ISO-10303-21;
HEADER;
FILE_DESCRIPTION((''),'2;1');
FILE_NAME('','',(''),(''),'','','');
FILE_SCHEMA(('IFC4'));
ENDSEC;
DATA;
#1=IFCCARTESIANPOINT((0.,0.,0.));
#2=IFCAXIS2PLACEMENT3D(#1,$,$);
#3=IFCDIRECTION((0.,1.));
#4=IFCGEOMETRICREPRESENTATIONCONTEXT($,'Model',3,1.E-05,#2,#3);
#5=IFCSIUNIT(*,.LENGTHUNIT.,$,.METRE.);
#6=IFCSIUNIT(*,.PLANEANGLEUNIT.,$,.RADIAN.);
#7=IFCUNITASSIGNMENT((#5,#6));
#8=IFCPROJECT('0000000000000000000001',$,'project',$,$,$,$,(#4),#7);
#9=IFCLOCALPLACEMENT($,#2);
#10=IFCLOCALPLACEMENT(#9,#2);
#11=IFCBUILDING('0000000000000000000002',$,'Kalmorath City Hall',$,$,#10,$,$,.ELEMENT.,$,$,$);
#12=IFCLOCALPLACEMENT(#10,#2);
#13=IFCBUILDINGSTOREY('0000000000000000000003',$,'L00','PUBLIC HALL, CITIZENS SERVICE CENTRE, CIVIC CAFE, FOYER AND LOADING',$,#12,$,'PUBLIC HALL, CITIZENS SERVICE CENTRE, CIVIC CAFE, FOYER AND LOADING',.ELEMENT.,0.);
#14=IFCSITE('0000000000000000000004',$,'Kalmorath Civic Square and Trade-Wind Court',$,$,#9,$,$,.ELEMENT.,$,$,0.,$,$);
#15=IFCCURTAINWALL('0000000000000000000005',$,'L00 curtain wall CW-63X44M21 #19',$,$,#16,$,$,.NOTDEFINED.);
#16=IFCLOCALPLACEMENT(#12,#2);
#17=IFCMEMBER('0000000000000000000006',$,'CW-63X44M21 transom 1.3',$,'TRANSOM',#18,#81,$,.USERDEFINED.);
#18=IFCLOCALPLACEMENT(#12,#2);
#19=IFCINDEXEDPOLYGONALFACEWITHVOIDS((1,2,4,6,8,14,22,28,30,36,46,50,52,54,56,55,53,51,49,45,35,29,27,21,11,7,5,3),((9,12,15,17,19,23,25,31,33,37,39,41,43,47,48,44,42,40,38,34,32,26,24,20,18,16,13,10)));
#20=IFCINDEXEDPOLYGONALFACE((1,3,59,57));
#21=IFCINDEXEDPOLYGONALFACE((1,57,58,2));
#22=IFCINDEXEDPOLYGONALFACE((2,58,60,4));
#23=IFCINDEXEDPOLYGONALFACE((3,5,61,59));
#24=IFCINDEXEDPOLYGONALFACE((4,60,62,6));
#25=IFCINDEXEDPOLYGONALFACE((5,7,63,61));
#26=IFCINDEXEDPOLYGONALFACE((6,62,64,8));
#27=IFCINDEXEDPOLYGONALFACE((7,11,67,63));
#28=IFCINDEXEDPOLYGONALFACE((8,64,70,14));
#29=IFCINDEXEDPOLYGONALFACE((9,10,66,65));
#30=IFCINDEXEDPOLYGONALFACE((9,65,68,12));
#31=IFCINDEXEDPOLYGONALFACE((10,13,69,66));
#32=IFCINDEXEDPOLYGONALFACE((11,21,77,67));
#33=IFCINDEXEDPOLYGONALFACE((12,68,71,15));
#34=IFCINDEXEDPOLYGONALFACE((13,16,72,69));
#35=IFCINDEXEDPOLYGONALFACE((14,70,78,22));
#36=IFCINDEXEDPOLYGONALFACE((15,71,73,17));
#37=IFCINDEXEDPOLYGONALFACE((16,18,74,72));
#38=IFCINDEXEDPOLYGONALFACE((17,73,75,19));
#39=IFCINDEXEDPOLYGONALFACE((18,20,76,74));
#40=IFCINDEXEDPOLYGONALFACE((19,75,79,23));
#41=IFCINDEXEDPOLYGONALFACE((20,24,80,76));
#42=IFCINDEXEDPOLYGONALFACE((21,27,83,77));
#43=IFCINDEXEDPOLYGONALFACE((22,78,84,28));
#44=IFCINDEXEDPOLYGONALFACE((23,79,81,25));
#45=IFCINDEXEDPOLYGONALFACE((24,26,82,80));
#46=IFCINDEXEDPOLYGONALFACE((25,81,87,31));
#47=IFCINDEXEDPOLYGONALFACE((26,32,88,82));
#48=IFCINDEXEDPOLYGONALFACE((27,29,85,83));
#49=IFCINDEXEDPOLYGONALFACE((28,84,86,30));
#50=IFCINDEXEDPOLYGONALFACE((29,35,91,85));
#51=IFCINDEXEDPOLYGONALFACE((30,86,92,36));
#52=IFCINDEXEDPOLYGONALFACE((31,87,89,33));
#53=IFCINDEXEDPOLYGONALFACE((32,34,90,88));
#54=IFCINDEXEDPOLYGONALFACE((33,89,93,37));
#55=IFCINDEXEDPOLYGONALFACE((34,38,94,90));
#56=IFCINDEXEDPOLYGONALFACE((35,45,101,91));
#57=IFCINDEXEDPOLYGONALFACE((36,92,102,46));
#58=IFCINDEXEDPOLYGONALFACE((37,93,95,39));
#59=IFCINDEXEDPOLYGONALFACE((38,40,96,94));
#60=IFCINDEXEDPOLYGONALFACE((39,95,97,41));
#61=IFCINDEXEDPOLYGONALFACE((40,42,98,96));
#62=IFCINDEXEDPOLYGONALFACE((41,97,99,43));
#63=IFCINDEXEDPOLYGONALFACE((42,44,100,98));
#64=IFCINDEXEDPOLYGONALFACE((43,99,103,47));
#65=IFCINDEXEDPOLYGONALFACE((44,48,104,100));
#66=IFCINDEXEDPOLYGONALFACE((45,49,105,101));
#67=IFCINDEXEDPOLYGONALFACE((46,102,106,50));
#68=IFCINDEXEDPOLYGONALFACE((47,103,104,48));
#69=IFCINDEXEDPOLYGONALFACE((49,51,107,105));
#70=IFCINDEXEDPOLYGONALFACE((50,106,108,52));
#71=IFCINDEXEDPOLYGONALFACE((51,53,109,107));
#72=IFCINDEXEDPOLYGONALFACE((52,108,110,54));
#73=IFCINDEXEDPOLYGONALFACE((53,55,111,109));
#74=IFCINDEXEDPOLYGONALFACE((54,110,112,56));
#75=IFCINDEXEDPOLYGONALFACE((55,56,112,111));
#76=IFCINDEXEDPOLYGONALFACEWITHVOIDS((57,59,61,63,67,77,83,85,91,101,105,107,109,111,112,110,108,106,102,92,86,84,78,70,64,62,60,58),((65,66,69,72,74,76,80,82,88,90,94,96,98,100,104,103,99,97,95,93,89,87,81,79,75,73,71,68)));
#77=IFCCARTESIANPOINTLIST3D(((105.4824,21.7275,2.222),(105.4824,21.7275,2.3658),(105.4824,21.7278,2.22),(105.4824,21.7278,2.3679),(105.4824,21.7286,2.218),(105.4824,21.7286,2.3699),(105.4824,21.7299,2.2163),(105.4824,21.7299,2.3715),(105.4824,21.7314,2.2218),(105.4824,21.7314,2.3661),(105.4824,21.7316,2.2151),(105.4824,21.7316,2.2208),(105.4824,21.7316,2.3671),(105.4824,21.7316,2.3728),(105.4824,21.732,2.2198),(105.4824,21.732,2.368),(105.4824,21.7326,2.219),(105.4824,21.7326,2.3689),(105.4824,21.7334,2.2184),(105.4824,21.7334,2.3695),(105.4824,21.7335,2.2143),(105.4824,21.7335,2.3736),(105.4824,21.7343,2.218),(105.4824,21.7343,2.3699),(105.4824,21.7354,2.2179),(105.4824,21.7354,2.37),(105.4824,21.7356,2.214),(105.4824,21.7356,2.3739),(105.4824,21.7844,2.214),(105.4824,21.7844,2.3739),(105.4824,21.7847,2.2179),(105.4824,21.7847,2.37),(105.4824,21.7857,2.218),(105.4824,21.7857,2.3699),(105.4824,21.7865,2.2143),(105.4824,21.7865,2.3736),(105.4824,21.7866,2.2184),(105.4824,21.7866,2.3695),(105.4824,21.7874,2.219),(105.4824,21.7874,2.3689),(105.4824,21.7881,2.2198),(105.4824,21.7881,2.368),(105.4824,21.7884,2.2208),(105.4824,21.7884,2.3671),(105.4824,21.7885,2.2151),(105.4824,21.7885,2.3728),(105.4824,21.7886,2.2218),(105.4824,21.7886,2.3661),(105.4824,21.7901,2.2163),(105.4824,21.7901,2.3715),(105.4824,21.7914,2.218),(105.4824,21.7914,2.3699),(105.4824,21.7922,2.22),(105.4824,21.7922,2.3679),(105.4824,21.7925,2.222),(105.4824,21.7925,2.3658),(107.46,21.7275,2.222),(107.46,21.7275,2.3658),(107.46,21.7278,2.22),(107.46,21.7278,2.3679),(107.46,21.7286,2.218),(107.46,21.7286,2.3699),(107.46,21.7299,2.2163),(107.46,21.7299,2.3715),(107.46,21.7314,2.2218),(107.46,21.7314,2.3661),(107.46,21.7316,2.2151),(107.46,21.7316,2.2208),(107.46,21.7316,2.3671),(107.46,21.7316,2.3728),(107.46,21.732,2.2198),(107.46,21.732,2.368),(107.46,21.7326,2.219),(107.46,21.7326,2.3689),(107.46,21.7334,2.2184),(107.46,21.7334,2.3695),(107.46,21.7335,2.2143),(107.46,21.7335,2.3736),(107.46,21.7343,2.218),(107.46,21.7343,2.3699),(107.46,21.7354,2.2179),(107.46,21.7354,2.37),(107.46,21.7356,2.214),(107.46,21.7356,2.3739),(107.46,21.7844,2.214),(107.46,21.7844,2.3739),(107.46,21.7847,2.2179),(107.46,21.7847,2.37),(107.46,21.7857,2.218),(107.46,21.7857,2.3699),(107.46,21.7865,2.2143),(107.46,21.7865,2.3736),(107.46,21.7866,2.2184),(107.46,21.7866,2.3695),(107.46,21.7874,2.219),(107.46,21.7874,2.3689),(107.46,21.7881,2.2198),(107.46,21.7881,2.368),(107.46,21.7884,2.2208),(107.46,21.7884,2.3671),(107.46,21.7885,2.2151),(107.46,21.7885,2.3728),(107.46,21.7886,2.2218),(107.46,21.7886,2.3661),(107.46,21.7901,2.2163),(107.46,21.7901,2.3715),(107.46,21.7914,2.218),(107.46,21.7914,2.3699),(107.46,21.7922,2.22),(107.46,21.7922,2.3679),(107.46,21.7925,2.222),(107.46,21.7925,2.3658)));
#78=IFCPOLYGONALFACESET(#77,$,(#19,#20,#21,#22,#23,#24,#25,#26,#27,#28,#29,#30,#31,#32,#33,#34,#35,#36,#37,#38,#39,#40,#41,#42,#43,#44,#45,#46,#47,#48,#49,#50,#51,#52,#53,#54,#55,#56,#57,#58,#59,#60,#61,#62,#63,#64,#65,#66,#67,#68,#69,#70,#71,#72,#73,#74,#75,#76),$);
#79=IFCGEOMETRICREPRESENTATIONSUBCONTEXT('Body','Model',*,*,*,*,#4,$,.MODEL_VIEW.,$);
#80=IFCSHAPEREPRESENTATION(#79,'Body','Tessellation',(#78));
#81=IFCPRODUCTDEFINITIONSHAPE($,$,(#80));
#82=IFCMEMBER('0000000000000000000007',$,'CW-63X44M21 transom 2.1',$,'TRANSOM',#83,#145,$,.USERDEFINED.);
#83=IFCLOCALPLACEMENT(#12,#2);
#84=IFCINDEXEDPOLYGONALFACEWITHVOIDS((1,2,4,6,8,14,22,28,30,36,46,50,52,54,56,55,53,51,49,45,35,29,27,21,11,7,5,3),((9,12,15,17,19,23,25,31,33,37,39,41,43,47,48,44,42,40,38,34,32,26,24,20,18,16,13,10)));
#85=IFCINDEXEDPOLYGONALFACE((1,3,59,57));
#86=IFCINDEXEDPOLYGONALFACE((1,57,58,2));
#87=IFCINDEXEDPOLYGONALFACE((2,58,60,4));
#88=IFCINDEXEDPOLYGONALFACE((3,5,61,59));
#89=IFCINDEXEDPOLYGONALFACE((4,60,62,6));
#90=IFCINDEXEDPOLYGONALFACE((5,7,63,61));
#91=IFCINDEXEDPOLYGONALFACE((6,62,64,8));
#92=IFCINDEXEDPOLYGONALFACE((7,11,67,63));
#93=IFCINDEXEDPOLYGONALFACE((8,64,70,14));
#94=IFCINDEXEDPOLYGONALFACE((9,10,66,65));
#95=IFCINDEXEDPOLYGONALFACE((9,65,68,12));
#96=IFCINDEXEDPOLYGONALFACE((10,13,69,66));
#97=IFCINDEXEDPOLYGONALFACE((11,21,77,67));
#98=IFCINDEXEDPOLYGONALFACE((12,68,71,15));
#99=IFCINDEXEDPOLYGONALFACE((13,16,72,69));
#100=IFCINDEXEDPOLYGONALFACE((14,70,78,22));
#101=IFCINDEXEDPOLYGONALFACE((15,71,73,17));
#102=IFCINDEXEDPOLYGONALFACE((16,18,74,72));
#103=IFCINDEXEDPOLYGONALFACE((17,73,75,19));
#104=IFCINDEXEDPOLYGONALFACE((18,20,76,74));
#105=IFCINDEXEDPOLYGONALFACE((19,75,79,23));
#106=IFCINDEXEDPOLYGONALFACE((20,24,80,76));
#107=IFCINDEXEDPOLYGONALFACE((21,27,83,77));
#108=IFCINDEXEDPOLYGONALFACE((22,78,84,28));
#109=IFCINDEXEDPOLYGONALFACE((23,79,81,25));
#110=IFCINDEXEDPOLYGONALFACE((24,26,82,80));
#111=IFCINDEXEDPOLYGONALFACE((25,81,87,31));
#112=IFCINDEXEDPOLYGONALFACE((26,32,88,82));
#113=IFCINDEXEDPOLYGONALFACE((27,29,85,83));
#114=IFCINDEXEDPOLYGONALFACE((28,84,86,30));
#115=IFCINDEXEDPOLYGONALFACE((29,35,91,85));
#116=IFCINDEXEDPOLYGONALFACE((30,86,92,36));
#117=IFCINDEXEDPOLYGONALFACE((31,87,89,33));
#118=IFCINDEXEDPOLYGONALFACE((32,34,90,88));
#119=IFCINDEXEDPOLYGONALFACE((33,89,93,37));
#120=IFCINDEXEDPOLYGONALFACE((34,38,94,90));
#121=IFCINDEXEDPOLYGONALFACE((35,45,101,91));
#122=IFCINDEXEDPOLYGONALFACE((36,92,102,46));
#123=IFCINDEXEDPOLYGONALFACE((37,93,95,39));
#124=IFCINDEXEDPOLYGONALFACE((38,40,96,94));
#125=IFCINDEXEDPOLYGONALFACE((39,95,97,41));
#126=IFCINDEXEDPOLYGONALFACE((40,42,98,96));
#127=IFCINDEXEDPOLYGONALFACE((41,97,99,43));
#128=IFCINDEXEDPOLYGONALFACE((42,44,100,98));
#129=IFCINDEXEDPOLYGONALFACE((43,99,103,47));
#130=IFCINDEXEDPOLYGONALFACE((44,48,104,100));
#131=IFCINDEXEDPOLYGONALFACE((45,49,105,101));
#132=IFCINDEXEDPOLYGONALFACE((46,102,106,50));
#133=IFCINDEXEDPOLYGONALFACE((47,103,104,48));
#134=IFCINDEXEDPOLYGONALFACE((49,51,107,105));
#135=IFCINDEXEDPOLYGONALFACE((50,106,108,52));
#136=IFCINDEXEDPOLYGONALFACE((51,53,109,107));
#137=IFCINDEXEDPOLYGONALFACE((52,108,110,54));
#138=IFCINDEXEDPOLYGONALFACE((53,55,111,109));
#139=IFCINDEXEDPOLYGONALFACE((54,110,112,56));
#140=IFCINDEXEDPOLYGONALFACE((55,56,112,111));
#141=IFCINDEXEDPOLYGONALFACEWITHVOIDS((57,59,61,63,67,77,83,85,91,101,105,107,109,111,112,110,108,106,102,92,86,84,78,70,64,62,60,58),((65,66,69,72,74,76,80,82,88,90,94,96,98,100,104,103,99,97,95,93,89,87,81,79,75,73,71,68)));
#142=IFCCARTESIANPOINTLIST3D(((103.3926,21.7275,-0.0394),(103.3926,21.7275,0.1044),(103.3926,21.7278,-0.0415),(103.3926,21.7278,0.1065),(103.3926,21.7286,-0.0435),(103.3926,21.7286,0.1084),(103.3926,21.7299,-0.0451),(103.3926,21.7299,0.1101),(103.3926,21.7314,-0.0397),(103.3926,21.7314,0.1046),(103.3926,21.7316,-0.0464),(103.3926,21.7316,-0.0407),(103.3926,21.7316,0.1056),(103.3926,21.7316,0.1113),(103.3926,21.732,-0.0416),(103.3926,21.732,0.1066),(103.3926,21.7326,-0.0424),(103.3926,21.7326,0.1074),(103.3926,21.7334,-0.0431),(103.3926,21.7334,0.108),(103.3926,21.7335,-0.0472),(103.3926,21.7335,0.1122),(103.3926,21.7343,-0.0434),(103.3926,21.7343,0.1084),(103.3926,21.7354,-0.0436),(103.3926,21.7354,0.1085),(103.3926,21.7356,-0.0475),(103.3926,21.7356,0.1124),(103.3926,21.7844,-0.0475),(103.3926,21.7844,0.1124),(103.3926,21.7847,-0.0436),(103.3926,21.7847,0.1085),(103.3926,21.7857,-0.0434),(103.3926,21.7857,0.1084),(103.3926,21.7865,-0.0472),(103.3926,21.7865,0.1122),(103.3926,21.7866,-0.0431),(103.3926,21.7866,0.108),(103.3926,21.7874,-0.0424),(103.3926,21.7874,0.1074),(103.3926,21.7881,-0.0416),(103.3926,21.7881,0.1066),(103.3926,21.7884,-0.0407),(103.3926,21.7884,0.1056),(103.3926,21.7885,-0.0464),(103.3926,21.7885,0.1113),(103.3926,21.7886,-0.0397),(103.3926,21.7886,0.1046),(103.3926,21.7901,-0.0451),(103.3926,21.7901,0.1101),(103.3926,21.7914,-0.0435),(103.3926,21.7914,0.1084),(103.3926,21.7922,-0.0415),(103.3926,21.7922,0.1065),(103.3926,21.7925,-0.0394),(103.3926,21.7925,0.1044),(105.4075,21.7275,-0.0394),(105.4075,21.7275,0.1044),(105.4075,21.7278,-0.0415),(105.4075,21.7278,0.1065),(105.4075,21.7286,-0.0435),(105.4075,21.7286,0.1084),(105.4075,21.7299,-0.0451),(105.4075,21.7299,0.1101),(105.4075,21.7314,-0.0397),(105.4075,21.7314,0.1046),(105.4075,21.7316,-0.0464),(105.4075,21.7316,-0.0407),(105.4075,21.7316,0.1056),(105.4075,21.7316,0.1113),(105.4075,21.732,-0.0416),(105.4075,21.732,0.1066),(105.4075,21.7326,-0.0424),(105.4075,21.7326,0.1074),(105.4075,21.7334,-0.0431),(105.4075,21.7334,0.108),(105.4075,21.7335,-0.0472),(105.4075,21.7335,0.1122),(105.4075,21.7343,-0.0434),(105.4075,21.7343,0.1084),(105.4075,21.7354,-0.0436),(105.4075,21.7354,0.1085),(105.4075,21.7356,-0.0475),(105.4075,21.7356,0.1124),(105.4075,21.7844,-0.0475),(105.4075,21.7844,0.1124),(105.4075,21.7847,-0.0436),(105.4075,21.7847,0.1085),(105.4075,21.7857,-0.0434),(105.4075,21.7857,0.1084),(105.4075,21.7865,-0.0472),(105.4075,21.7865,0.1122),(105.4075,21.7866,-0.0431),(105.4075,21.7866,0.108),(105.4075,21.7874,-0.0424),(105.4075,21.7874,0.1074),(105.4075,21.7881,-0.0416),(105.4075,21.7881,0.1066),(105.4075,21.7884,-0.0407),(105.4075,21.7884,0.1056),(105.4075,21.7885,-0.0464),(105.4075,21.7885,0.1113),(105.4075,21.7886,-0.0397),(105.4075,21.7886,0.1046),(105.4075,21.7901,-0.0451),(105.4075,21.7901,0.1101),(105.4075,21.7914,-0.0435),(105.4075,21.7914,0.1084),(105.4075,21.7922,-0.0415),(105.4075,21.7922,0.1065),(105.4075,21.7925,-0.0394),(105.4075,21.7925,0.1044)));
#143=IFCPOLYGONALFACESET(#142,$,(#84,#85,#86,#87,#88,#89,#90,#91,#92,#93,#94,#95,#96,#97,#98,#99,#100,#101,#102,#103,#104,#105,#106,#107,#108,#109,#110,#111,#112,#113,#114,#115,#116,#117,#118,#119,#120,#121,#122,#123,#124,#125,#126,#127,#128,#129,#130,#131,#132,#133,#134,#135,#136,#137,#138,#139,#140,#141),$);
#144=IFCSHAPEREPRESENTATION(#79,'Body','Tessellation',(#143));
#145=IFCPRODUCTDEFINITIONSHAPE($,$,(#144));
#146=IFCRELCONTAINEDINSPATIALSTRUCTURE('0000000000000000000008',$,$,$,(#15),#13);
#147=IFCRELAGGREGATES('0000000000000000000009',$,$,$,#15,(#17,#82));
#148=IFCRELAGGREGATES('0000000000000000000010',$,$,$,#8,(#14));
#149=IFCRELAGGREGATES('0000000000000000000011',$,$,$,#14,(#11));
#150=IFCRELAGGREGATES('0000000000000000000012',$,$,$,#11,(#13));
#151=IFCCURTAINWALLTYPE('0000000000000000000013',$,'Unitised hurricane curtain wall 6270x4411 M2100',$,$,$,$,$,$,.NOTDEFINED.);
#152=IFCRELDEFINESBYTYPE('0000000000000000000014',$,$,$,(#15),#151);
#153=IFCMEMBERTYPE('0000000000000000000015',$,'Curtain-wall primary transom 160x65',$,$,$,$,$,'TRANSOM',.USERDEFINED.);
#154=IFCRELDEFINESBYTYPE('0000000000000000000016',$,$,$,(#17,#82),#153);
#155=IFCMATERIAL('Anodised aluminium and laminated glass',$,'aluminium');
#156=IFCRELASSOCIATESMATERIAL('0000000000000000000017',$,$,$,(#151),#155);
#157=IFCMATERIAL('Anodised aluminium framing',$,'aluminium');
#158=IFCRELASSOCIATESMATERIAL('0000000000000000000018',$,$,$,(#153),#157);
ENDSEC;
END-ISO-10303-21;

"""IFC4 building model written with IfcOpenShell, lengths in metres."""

from ifc_helpers import new_model, si_unit, direction, frame, origin, origin_2d, place, context, subcontext, project, spatial, hollow_rectangle, extrude, material, material_profile, profile_set, type_object, element, aggregate, save


model = new_model("IFC4")

# Units and contexts
model_context = context("Model", 3, precision=1e-05, world=origin(), true_north=direction((0.0, 1.0)))
body_context = subcontext(model_context, "Body", "Model", "MODEL_VIEW")
ifc_project = project(units=[si_unit("LENGTHUNIT", "METRE"), si_unit("PLANEANGLEUNIT", "RADIAN")], contexts=[model_context])

# Site, building, storey
site_placement = place(None, origin())
site = spatial("IfcSite", under=ifc_project, at=site_placement, Name="Kalmorath Civic Square and Trade-Wind Court", CompositionType="ELEMENT", RefElevation=0.0)
building_placement = place(site_placement, origin())
building = spatial("IfcBuilding", under=site, at=building_placement, Name="Kalmorath City Hall", CompositionType="ELEMENT")
storey_placement = place(building_placement, origin())
storey = spatial("IfcBuildingStorey", under=building, at=storey_placement, Name="L00", Description="PUBLIC HALL, CITIZENS SERVICE CENTRE, CIVIC CAFE, FOYER AND LOADING", LongName="PUBLIC HALL, CITIZENS SERVICE CENTRE, CIVIC CAFE, FOYER AND LOADING", CompositionType="ELEMENT", Elevation=0.0)

# Curtain wall, members
ifc_material_1 = material(Name="Anodised aluminium and laminated glass", Category="aluminium")
curtain_wall_type = type_object("IfcCurtainWallType", Name="Unitised hurricane curtain wall 6270x4411 M2100", PredefinedType="NOTDEFINED", material=ifc_material_1)
curtain_wall_placement = place(storey_placement, origin())
curtain_wall = element("IfcCurtainWall", 1, at=curtain_wall_placement, inside=storey, type_object=curtain_wall_type, Name="L00 curtain wall CW-63X44M21 #19", PredefinedType="NOTDEFINED")
ifc_material_2 = material(Name="Anodised aluminium framing", Category="aluminium")
ifc_material_profile_1 = material_profile(ifc_material_2, hollow_rectangle(XDim=0.0649, YDim=0.1599, WallThickness=0.0039, InnerFilletRadius=0.0039, OuterFilletRadius=0.0081, at=origin_2d()), Name="ALU-TRN-160X65X4")
ifc_profile_set_1 = profile_set([ifc_material_profile_1], Name="Anodised aluminium framing")
member_type_1 = type_object("IfcMemberType", Name="Curtain-wall primary transom 160x65", ElementType="TRANSOM", PredefinedType="USERDEFINED", material=ifc_profile_set_1)
member_1_placement = place(storey_placement, frame((107.46, 21.76, 2.2939), z_axis=(-1.0, 0.0, 0.0), x_axis=(0.0, -1.0, 0.0)))
member_1 = element("IfcMember", 2, at=member_1_placement, type_object=member_type_1, Name="CW-63X44M21 transom 1.3", ObjectType="TRANSOM", PredefinedType="USERDEFINED", context=body_context, shape_type="SweptSolid", body=[
    extrude(hollow_rectangle(XDim=0.0649, YDim=0.1599, WallThickness=0.0039, InnerFilletRadius=0.0039, OuterFilletRadius=0.0081, at=origin_2d()), origin(), (0.0, 0.0, 1.0), 1.9775),
])
member_2_placement = place(storey_placement, frame((105.4075, 21.76, 0.0325), z_axis=(-1.0, 0.0, 0.0), x_axis=(0.0, -1.0, 0.0)))
member_2 = element("IfcMember", 3, at=member_2_placement, type_object=member_type_1, Name="CW-63X44M21 transom 2.1", ObjectType="TRANSOM", PredefinedType="USERDEFINED", context=body_context, shape_type="SweptSolid", body=[
    extrude(hollow_rectangle(XDim=0.0649, YDim=0.1599, WallThickness=0.0039, InnerFilletRadius=0.0039, OuterFilletRadius=0.0081, at=origin_2d()), origin(), (0.0, 0.0, 1.0), 2.0149),
])

aggregate(curtain_wall, [member_1, member_2])

save(model, "model.ifc")
